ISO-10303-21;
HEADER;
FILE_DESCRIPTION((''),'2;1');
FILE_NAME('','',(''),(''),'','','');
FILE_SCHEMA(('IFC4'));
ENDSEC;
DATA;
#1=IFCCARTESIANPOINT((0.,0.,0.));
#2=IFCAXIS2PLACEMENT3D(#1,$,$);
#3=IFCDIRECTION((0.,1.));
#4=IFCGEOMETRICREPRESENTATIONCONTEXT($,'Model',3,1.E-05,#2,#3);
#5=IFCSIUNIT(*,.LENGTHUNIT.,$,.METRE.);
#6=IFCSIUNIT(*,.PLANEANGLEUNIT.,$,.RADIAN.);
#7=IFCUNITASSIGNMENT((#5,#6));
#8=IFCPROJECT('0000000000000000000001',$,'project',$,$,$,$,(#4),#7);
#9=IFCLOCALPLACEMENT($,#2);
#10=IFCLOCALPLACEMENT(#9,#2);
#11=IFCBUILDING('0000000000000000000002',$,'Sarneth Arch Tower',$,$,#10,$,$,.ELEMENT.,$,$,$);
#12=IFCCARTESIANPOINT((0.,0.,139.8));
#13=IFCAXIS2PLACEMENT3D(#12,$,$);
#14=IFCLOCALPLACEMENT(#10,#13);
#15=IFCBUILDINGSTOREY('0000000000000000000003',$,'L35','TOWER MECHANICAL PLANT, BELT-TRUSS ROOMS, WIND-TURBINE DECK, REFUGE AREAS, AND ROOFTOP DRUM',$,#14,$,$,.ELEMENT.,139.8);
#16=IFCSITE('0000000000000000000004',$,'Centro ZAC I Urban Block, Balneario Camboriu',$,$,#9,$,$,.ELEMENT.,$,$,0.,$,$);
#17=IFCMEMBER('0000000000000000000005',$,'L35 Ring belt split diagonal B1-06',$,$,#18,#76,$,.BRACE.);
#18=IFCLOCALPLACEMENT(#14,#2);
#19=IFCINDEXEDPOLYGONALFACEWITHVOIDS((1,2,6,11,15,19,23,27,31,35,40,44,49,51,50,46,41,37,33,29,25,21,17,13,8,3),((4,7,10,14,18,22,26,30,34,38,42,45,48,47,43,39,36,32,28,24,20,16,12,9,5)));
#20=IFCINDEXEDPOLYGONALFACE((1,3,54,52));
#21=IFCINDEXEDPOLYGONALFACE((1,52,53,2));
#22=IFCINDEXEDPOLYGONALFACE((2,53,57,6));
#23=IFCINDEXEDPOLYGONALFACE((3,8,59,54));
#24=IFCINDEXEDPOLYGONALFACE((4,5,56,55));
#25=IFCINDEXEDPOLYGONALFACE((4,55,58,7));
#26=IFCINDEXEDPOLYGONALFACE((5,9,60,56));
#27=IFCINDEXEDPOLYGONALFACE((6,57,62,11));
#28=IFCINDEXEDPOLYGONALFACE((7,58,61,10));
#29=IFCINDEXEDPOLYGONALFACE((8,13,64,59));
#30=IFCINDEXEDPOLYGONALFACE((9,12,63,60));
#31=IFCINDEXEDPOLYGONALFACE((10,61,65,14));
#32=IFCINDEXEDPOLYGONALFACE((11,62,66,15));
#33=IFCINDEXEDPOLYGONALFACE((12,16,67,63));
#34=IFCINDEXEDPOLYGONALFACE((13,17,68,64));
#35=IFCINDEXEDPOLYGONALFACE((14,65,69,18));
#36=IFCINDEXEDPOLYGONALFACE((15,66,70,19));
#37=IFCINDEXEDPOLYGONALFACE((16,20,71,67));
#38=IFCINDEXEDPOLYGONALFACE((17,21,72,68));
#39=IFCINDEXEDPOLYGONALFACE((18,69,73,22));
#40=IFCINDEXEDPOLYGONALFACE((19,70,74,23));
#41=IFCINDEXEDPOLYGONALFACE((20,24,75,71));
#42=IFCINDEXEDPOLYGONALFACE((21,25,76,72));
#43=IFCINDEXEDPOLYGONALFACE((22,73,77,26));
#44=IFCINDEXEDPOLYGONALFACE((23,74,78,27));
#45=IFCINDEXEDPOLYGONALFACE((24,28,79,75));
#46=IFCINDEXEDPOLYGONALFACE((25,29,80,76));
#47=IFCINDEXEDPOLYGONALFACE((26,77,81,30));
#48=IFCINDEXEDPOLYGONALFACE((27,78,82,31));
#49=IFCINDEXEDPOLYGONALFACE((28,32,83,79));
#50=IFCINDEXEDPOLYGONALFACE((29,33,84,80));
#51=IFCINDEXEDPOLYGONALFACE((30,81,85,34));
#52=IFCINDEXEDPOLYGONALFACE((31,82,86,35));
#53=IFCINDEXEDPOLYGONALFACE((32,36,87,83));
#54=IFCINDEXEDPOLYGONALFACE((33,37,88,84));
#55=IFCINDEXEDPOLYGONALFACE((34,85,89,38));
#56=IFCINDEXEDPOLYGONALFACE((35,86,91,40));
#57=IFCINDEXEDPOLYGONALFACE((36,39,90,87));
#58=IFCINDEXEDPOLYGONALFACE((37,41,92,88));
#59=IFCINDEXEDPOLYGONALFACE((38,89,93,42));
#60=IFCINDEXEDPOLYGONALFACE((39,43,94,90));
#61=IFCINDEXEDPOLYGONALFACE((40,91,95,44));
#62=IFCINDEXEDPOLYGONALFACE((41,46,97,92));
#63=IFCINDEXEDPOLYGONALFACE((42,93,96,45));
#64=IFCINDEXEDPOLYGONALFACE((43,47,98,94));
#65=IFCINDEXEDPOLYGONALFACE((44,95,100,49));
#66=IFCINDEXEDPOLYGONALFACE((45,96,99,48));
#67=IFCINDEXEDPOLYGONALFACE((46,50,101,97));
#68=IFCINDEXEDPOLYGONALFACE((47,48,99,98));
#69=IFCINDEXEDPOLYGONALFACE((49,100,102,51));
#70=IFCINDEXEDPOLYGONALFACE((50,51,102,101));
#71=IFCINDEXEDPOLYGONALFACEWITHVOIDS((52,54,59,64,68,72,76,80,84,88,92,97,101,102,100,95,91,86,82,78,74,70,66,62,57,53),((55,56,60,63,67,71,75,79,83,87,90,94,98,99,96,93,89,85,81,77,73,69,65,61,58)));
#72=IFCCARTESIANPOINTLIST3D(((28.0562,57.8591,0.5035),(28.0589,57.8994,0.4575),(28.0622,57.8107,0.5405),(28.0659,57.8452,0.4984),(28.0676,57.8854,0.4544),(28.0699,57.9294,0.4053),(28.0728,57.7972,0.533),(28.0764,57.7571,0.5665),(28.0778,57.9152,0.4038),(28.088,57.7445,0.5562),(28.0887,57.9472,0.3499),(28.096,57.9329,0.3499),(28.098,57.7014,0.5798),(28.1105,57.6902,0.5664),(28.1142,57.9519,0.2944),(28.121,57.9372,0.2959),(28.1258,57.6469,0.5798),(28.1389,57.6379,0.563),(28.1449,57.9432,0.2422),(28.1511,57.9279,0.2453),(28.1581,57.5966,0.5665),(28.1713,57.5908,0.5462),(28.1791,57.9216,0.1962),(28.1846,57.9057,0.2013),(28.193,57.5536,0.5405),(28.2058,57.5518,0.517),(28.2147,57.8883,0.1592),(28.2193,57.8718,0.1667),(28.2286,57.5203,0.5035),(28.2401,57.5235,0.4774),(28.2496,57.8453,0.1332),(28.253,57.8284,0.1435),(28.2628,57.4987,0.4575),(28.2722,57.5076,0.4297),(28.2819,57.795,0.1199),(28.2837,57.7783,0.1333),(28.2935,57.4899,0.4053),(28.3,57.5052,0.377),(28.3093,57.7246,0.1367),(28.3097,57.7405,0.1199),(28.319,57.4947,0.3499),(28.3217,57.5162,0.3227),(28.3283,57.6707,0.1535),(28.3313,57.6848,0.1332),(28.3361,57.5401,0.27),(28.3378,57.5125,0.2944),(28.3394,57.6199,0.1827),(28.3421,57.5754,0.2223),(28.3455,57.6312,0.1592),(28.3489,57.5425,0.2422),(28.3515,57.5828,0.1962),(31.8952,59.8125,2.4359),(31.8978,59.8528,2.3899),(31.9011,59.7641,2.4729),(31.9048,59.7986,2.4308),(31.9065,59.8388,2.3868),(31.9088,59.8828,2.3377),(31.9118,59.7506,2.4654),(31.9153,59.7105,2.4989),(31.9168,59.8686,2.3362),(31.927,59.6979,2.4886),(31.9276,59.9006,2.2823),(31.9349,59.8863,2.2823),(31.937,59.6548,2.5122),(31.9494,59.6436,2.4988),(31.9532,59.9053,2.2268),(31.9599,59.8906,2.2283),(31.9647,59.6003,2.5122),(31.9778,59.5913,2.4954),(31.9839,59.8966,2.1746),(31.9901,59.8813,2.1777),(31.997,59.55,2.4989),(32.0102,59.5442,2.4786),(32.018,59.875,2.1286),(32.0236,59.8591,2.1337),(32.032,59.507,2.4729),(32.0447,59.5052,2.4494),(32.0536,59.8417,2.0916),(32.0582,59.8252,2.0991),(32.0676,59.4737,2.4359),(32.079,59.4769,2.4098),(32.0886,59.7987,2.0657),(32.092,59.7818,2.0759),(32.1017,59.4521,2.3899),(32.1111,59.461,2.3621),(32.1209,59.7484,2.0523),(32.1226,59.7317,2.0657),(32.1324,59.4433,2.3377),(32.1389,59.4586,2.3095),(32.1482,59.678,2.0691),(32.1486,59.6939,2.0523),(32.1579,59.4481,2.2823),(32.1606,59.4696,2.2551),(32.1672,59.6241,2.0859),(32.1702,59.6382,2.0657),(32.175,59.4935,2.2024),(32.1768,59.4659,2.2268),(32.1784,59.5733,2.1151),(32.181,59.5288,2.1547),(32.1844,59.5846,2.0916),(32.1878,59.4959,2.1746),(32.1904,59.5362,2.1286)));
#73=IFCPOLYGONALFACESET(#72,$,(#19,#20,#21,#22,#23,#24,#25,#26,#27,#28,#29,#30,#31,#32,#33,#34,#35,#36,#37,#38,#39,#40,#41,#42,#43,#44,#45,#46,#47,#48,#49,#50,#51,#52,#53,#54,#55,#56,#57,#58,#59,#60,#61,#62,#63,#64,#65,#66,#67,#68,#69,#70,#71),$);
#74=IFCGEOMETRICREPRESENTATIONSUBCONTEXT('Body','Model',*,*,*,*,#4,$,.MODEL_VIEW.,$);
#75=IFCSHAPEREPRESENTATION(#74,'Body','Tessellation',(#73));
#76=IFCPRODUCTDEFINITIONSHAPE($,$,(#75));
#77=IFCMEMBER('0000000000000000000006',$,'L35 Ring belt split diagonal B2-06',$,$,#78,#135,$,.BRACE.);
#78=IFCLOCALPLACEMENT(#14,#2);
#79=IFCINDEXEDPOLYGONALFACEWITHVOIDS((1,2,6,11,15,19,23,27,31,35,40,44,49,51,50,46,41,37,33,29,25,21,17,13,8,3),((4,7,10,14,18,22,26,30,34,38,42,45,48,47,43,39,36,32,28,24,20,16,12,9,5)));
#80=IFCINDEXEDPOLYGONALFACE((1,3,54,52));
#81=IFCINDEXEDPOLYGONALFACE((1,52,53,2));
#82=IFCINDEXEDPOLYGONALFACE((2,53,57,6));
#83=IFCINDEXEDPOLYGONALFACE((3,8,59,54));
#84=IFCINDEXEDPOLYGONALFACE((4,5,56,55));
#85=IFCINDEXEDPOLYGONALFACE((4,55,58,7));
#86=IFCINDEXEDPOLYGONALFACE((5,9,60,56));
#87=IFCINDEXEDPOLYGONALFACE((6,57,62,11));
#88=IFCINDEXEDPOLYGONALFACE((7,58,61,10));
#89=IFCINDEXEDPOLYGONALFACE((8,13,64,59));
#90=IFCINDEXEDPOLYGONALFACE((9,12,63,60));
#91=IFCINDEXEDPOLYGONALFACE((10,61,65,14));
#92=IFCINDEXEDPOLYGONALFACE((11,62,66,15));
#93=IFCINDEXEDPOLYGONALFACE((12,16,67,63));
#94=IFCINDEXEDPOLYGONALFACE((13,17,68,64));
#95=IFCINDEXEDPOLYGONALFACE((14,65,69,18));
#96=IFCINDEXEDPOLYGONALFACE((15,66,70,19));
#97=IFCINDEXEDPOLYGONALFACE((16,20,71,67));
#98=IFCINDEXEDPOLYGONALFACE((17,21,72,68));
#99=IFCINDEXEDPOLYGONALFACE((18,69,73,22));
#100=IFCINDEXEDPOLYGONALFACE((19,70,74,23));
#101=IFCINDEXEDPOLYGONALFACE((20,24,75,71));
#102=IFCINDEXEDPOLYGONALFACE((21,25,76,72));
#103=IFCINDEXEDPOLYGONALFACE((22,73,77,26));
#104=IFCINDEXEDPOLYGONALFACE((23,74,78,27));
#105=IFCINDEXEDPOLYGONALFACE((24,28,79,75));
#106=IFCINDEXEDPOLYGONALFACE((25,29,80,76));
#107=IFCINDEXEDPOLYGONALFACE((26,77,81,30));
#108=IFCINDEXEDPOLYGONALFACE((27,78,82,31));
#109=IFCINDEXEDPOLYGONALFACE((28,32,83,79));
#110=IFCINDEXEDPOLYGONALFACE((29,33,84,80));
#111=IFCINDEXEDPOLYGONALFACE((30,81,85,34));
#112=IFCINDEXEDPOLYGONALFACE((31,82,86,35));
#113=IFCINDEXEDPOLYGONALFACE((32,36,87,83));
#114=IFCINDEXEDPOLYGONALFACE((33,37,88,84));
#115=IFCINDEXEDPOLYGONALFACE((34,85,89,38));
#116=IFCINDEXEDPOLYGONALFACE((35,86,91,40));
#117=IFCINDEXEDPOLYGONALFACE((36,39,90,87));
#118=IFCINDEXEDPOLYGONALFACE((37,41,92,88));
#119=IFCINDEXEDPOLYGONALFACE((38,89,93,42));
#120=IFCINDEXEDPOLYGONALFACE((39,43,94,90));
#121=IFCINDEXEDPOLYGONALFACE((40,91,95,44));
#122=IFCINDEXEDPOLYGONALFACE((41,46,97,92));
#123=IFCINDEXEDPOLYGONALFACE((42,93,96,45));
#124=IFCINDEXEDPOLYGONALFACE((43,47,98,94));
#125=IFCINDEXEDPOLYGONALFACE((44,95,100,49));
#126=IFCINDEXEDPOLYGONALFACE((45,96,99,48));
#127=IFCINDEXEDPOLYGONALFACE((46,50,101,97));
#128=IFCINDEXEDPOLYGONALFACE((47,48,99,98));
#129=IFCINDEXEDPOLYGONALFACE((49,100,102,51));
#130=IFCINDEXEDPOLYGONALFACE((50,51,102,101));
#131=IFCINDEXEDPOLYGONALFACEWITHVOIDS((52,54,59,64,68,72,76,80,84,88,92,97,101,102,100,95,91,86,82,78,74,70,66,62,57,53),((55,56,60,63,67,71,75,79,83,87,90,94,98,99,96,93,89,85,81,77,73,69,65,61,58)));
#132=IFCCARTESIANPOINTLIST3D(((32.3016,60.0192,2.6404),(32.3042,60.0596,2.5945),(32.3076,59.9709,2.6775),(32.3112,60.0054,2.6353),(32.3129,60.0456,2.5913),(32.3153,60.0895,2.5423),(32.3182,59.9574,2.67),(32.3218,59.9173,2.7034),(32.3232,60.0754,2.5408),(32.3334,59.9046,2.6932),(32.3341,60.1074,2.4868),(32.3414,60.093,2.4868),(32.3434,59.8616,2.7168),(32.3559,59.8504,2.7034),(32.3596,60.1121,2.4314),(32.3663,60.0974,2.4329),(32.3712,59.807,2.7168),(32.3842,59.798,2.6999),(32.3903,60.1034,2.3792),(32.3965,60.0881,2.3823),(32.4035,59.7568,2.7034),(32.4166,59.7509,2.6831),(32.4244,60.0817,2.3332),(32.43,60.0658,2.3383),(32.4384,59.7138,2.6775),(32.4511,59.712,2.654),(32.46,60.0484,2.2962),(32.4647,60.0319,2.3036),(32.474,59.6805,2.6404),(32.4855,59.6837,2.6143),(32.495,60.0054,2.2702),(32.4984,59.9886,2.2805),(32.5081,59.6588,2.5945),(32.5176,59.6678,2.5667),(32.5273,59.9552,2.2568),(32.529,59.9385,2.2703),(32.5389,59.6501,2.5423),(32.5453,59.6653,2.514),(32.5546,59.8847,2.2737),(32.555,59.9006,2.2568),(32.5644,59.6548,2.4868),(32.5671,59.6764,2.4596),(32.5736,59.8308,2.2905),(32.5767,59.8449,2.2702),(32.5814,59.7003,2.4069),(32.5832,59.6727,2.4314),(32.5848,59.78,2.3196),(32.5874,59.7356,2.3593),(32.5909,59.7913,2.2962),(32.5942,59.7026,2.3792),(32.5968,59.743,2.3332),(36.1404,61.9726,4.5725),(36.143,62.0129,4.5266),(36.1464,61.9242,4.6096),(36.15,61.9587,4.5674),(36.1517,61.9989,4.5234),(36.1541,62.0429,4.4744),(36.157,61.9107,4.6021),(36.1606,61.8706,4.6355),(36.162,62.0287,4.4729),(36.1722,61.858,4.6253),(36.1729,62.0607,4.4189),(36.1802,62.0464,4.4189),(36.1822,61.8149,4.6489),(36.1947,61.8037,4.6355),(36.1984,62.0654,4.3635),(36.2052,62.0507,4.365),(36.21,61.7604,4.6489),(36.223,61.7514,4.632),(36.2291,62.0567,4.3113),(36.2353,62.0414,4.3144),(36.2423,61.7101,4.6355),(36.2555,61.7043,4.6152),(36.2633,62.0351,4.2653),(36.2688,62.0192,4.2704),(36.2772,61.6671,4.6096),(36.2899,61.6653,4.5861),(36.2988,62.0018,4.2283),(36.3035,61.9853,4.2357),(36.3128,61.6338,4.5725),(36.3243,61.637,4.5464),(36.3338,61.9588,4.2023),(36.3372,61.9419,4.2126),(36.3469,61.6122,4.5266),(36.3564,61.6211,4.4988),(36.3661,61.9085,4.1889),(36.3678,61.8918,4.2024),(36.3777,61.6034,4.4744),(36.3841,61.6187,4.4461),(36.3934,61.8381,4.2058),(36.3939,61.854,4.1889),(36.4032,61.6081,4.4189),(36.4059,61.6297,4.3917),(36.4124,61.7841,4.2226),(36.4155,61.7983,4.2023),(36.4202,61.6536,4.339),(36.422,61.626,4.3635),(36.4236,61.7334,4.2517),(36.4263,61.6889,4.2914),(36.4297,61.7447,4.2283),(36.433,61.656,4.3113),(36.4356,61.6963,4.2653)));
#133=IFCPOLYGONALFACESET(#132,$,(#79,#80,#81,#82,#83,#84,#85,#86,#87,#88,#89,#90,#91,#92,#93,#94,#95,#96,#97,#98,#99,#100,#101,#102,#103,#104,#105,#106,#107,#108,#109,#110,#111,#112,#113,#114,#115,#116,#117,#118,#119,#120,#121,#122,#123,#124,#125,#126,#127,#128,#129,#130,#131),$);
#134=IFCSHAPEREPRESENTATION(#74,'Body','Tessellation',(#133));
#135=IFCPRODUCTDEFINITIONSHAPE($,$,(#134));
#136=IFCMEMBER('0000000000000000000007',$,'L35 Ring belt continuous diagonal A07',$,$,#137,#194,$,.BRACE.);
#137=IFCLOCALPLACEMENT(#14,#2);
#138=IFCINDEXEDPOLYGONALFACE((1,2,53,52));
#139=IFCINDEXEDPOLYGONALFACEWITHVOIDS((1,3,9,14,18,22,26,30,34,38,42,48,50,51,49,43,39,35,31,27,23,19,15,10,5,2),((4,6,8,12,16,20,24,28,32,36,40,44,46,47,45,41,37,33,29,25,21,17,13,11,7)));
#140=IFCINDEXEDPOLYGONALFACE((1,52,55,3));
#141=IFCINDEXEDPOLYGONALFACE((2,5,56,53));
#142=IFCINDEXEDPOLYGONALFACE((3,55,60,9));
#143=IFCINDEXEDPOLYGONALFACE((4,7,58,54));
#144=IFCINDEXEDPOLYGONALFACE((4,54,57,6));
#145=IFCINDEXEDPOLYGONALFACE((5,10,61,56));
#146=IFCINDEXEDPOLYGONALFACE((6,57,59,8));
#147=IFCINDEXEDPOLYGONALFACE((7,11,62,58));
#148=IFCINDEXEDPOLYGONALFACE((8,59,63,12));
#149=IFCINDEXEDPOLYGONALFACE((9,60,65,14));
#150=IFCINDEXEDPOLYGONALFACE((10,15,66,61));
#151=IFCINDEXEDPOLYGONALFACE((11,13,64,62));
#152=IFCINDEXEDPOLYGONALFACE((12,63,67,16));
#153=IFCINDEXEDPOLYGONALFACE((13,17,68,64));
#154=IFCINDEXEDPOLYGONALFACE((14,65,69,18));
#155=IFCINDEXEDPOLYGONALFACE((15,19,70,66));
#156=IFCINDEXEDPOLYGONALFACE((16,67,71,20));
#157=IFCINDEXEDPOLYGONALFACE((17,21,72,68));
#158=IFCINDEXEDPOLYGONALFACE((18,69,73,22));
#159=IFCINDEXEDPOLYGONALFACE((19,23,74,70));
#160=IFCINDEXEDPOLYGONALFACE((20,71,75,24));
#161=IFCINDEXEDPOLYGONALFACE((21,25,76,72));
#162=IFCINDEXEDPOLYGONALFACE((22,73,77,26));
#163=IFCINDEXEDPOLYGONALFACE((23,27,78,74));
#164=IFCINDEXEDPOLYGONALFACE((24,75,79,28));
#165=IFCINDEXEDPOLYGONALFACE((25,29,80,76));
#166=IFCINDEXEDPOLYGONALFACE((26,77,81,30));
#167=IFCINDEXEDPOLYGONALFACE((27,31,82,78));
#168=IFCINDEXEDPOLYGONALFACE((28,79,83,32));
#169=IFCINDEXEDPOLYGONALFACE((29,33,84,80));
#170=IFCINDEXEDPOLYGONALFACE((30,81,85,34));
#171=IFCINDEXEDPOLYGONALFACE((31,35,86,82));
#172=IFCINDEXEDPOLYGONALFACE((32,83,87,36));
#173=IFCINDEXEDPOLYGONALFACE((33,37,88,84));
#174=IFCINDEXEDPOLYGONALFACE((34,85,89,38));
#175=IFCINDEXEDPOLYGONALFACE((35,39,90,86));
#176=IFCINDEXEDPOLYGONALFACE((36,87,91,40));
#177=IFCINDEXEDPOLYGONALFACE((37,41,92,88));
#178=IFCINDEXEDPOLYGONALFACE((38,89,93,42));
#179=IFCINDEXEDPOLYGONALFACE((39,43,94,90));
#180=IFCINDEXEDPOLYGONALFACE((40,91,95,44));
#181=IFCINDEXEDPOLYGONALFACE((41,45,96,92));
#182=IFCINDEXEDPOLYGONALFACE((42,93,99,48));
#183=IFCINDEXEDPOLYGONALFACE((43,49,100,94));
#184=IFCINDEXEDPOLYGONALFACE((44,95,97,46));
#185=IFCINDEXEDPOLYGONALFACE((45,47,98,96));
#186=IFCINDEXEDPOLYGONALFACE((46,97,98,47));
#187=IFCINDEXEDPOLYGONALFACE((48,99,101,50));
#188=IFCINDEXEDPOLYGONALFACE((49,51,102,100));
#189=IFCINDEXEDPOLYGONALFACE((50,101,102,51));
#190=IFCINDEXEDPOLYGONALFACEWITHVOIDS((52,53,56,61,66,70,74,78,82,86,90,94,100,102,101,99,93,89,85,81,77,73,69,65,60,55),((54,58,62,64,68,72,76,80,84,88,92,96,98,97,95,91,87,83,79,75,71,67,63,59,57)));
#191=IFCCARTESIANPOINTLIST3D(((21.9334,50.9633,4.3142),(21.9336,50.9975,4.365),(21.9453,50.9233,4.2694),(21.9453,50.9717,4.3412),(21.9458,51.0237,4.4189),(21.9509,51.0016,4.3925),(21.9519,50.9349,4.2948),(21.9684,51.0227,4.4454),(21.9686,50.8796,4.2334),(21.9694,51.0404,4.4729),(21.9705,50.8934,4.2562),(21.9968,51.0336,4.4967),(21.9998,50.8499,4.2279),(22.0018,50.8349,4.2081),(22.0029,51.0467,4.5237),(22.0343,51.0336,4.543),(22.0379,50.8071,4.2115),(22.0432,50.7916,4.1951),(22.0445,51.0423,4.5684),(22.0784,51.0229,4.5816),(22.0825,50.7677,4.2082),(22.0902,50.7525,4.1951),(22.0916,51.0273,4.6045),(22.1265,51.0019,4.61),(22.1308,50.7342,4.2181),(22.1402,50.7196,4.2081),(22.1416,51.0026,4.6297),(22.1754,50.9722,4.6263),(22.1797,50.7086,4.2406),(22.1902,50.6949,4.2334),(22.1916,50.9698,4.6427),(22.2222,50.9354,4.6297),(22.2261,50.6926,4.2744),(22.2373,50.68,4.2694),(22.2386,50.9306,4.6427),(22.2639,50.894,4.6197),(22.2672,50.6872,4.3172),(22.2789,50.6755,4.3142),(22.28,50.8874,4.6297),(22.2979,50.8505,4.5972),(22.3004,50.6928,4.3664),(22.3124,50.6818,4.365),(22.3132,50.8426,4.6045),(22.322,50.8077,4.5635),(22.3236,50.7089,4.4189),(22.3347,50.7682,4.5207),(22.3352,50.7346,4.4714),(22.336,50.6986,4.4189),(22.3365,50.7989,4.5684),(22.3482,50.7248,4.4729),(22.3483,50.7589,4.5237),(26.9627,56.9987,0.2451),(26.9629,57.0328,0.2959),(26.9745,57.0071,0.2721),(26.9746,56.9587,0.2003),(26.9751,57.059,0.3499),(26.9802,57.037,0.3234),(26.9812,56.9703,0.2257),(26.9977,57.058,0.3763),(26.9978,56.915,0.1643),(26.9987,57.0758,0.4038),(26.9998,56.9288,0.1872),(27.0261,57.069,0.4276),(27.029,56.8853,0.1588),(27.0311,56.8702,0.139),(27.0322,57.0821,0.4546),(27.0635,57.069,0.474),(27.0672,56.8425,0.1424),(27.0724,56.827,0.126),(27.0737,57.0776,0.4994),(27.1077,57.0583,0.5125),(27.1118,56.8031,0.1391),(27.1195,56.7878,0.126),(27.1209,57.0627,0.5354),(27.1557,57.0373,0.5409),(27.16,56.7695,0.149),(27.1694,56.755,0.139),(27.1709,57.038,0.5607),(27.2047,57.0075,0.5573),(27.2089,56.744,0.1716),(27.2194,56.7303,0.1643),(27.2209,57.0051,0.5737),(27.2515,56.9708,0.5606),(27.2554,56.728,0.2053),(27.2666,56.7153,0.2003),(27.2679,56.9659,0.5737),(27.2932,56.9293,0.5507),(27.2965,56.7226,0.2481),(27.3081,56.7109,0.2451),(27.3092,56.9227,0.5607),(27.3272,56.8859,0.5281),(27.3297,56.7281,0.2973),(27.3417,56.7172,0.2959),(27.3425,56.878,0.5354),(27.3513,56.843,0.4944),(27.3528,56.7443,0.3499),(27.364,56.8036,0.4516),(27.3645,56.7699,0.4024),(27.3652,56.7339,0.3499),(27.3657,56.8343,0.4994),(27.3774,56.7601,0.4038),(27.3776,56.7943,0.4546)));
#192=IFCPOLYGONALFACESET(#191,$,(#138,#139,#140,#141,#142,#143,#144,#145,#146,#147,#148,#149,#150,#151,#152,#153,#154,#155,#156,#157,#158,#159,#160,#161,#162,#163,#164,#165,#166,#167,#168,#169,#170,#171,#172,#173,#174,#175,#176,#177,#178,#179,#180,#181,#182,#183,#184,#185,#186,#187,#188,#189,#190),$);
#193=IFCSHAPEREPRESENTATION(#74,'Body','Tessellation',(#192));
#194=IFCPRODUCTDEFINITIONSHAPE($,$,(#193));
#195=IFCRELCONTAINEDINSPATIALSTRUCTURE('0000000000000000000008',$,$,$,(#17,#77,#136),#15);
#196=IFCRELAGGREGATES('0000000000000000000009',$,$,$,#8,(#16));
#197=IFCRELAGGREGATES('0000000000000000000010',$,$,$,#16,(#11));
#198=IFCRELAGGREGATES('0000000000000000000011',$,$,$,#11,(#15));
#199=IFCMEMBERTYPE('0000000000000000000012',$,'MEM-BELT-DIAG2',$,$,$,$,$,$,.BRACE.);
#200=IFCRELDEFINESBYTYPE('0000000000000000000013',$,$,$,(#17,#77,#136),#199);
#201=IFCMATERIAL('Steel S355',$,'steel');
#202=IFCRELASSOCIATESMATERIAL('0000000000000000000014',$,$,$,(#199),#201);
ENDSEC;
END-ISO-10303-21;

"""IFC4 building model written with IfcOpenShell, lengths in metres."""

from ifc_helpers import new_model, si_unit, direction, frame, origin, origin_2d, place, context, subcontext, project, spatial, hollow_circle, extrude, material, material_profile, profile_set, type_object, element, save


model = new_model("IFC4")

# Units and contexts
model_context = context("Model", 3, precision=1e-05, world=origin(), true_north=direction((0.0, 1.0)))
body_context = subcontext(model_context, "Body", "Model", "MODEL_VIEW")
ifc_project = project(units=[si_unit("LENGTHUNIT", "METRE"), si_unit("PLANEANGLEUNIT", "RADIAN")], contexts=[model_context])

# Site, building, storey
site_placement = place(None, origin())
site = spatial("IfcSite", under=ifc_project, at=site_placement, Name="Centro ZAC I Urban Block, Balneario Camboriu", CompositionType="ELEMENT", RefElevation=0.0)
building_placement = place(site_placement, origin())
building = spatial("IfcBuilding", under=site, at=building_placement, Name="Sarneth Arch Tower", CompositionType="ELEMENT")
storey_placement = place(building_placement, frame((0.0, 0.0, 139.8)))
storey = spatial("IfcBuildingStorey", under=building, at=storey_placement, Name="L35", Description="TOWER MECHANICAL PLANT, BELT-TRUSS ROOMS, WIND-TURBINE DECK, REFUGE AREAS, AND ROOFTOP DRUM", CompositionType="ELEMENT", Elevation=139.8)

# Members
ifc_material_1 = material(Name="Steel S355", Category="steel")
ifc_material_profile_1 = material_profile(ifc_material_1, hollow_circle(Radius=0.2539, WallThickness=0.0161, at=origin_2d()), Name="CHS508x16")
ifc_profile_set_1 = profile_set([ifc_material_profile_1], Name="Steel S355")
member_type_1 = type_object("IfcMemberType", Name="MEM-BELT-DIAG2", PredefinedType="BRACE", material=ifc_profile_set_1)
member_1_placement = place(storey_placement, frame((28.2039, 57.7209, 0.3499), z_axis=(0.813169, 0.413773, 0.409326), x_axis=(-0.453505, 0.891254, 0.0)))
element("IfcMember", 1, at=member_1_placement, inside=storey, type_object=member_type_1, Name="L35 Ring belt split diagonal B1-06", PredefinedType="BRACE", context=body_context, shape_type="SweptSolid", body=[
    extrude(hollow_circle(Radius=0.2539, WallThickness=0.0161, at=origin_2d()), origin(), (0.0, 0.0, 1.0), 4.7209),
])
member_2_placement = place(storey_placement, frame((32.4492, 59.8811, 2.4868), z_axis=(0.813187, 0.413782, 0.409283), x_axis=(-0.453505, 0.891254, 0.0)))
element("IfcMember", 2, at=member_2_placement, inside=storey, type_object=member_type_1, Name="L35 Ring belt split diagonal B2-06", PredefinedType="BRACE", context=body_context, shape_type="SweptSolid", body=[
    extrude(hollow_circle(Radius=0.2539, WallThickness=0.0161, at=origin_2d()), origin(), (0.0, 0.0, 1.0), 4.7207),
])
member_3_placement = place(storey_placement, frame((27.1702, 56.8965, 0.3499), z_axis=(-0.568446, -0.682163, 0.459917), x_axis=(0.768234, -0.640169, 0.0)))
element("IfcMember", 3, at=member_3_placement, inside=storey, type_object=member_type_1, Name="L35 Ring belt continuous diagonal A07", PredefinedType="BRACE", context=body_context, shape_type="SweptSolid", body=[
    extrude(hollow_circle(Radius=0.2539, WallThickness=0.0161, at=origin_2d()), origin(), (0.0, 0.0, 1.0), 8.8474),
])

save(model, "model.ifc")
